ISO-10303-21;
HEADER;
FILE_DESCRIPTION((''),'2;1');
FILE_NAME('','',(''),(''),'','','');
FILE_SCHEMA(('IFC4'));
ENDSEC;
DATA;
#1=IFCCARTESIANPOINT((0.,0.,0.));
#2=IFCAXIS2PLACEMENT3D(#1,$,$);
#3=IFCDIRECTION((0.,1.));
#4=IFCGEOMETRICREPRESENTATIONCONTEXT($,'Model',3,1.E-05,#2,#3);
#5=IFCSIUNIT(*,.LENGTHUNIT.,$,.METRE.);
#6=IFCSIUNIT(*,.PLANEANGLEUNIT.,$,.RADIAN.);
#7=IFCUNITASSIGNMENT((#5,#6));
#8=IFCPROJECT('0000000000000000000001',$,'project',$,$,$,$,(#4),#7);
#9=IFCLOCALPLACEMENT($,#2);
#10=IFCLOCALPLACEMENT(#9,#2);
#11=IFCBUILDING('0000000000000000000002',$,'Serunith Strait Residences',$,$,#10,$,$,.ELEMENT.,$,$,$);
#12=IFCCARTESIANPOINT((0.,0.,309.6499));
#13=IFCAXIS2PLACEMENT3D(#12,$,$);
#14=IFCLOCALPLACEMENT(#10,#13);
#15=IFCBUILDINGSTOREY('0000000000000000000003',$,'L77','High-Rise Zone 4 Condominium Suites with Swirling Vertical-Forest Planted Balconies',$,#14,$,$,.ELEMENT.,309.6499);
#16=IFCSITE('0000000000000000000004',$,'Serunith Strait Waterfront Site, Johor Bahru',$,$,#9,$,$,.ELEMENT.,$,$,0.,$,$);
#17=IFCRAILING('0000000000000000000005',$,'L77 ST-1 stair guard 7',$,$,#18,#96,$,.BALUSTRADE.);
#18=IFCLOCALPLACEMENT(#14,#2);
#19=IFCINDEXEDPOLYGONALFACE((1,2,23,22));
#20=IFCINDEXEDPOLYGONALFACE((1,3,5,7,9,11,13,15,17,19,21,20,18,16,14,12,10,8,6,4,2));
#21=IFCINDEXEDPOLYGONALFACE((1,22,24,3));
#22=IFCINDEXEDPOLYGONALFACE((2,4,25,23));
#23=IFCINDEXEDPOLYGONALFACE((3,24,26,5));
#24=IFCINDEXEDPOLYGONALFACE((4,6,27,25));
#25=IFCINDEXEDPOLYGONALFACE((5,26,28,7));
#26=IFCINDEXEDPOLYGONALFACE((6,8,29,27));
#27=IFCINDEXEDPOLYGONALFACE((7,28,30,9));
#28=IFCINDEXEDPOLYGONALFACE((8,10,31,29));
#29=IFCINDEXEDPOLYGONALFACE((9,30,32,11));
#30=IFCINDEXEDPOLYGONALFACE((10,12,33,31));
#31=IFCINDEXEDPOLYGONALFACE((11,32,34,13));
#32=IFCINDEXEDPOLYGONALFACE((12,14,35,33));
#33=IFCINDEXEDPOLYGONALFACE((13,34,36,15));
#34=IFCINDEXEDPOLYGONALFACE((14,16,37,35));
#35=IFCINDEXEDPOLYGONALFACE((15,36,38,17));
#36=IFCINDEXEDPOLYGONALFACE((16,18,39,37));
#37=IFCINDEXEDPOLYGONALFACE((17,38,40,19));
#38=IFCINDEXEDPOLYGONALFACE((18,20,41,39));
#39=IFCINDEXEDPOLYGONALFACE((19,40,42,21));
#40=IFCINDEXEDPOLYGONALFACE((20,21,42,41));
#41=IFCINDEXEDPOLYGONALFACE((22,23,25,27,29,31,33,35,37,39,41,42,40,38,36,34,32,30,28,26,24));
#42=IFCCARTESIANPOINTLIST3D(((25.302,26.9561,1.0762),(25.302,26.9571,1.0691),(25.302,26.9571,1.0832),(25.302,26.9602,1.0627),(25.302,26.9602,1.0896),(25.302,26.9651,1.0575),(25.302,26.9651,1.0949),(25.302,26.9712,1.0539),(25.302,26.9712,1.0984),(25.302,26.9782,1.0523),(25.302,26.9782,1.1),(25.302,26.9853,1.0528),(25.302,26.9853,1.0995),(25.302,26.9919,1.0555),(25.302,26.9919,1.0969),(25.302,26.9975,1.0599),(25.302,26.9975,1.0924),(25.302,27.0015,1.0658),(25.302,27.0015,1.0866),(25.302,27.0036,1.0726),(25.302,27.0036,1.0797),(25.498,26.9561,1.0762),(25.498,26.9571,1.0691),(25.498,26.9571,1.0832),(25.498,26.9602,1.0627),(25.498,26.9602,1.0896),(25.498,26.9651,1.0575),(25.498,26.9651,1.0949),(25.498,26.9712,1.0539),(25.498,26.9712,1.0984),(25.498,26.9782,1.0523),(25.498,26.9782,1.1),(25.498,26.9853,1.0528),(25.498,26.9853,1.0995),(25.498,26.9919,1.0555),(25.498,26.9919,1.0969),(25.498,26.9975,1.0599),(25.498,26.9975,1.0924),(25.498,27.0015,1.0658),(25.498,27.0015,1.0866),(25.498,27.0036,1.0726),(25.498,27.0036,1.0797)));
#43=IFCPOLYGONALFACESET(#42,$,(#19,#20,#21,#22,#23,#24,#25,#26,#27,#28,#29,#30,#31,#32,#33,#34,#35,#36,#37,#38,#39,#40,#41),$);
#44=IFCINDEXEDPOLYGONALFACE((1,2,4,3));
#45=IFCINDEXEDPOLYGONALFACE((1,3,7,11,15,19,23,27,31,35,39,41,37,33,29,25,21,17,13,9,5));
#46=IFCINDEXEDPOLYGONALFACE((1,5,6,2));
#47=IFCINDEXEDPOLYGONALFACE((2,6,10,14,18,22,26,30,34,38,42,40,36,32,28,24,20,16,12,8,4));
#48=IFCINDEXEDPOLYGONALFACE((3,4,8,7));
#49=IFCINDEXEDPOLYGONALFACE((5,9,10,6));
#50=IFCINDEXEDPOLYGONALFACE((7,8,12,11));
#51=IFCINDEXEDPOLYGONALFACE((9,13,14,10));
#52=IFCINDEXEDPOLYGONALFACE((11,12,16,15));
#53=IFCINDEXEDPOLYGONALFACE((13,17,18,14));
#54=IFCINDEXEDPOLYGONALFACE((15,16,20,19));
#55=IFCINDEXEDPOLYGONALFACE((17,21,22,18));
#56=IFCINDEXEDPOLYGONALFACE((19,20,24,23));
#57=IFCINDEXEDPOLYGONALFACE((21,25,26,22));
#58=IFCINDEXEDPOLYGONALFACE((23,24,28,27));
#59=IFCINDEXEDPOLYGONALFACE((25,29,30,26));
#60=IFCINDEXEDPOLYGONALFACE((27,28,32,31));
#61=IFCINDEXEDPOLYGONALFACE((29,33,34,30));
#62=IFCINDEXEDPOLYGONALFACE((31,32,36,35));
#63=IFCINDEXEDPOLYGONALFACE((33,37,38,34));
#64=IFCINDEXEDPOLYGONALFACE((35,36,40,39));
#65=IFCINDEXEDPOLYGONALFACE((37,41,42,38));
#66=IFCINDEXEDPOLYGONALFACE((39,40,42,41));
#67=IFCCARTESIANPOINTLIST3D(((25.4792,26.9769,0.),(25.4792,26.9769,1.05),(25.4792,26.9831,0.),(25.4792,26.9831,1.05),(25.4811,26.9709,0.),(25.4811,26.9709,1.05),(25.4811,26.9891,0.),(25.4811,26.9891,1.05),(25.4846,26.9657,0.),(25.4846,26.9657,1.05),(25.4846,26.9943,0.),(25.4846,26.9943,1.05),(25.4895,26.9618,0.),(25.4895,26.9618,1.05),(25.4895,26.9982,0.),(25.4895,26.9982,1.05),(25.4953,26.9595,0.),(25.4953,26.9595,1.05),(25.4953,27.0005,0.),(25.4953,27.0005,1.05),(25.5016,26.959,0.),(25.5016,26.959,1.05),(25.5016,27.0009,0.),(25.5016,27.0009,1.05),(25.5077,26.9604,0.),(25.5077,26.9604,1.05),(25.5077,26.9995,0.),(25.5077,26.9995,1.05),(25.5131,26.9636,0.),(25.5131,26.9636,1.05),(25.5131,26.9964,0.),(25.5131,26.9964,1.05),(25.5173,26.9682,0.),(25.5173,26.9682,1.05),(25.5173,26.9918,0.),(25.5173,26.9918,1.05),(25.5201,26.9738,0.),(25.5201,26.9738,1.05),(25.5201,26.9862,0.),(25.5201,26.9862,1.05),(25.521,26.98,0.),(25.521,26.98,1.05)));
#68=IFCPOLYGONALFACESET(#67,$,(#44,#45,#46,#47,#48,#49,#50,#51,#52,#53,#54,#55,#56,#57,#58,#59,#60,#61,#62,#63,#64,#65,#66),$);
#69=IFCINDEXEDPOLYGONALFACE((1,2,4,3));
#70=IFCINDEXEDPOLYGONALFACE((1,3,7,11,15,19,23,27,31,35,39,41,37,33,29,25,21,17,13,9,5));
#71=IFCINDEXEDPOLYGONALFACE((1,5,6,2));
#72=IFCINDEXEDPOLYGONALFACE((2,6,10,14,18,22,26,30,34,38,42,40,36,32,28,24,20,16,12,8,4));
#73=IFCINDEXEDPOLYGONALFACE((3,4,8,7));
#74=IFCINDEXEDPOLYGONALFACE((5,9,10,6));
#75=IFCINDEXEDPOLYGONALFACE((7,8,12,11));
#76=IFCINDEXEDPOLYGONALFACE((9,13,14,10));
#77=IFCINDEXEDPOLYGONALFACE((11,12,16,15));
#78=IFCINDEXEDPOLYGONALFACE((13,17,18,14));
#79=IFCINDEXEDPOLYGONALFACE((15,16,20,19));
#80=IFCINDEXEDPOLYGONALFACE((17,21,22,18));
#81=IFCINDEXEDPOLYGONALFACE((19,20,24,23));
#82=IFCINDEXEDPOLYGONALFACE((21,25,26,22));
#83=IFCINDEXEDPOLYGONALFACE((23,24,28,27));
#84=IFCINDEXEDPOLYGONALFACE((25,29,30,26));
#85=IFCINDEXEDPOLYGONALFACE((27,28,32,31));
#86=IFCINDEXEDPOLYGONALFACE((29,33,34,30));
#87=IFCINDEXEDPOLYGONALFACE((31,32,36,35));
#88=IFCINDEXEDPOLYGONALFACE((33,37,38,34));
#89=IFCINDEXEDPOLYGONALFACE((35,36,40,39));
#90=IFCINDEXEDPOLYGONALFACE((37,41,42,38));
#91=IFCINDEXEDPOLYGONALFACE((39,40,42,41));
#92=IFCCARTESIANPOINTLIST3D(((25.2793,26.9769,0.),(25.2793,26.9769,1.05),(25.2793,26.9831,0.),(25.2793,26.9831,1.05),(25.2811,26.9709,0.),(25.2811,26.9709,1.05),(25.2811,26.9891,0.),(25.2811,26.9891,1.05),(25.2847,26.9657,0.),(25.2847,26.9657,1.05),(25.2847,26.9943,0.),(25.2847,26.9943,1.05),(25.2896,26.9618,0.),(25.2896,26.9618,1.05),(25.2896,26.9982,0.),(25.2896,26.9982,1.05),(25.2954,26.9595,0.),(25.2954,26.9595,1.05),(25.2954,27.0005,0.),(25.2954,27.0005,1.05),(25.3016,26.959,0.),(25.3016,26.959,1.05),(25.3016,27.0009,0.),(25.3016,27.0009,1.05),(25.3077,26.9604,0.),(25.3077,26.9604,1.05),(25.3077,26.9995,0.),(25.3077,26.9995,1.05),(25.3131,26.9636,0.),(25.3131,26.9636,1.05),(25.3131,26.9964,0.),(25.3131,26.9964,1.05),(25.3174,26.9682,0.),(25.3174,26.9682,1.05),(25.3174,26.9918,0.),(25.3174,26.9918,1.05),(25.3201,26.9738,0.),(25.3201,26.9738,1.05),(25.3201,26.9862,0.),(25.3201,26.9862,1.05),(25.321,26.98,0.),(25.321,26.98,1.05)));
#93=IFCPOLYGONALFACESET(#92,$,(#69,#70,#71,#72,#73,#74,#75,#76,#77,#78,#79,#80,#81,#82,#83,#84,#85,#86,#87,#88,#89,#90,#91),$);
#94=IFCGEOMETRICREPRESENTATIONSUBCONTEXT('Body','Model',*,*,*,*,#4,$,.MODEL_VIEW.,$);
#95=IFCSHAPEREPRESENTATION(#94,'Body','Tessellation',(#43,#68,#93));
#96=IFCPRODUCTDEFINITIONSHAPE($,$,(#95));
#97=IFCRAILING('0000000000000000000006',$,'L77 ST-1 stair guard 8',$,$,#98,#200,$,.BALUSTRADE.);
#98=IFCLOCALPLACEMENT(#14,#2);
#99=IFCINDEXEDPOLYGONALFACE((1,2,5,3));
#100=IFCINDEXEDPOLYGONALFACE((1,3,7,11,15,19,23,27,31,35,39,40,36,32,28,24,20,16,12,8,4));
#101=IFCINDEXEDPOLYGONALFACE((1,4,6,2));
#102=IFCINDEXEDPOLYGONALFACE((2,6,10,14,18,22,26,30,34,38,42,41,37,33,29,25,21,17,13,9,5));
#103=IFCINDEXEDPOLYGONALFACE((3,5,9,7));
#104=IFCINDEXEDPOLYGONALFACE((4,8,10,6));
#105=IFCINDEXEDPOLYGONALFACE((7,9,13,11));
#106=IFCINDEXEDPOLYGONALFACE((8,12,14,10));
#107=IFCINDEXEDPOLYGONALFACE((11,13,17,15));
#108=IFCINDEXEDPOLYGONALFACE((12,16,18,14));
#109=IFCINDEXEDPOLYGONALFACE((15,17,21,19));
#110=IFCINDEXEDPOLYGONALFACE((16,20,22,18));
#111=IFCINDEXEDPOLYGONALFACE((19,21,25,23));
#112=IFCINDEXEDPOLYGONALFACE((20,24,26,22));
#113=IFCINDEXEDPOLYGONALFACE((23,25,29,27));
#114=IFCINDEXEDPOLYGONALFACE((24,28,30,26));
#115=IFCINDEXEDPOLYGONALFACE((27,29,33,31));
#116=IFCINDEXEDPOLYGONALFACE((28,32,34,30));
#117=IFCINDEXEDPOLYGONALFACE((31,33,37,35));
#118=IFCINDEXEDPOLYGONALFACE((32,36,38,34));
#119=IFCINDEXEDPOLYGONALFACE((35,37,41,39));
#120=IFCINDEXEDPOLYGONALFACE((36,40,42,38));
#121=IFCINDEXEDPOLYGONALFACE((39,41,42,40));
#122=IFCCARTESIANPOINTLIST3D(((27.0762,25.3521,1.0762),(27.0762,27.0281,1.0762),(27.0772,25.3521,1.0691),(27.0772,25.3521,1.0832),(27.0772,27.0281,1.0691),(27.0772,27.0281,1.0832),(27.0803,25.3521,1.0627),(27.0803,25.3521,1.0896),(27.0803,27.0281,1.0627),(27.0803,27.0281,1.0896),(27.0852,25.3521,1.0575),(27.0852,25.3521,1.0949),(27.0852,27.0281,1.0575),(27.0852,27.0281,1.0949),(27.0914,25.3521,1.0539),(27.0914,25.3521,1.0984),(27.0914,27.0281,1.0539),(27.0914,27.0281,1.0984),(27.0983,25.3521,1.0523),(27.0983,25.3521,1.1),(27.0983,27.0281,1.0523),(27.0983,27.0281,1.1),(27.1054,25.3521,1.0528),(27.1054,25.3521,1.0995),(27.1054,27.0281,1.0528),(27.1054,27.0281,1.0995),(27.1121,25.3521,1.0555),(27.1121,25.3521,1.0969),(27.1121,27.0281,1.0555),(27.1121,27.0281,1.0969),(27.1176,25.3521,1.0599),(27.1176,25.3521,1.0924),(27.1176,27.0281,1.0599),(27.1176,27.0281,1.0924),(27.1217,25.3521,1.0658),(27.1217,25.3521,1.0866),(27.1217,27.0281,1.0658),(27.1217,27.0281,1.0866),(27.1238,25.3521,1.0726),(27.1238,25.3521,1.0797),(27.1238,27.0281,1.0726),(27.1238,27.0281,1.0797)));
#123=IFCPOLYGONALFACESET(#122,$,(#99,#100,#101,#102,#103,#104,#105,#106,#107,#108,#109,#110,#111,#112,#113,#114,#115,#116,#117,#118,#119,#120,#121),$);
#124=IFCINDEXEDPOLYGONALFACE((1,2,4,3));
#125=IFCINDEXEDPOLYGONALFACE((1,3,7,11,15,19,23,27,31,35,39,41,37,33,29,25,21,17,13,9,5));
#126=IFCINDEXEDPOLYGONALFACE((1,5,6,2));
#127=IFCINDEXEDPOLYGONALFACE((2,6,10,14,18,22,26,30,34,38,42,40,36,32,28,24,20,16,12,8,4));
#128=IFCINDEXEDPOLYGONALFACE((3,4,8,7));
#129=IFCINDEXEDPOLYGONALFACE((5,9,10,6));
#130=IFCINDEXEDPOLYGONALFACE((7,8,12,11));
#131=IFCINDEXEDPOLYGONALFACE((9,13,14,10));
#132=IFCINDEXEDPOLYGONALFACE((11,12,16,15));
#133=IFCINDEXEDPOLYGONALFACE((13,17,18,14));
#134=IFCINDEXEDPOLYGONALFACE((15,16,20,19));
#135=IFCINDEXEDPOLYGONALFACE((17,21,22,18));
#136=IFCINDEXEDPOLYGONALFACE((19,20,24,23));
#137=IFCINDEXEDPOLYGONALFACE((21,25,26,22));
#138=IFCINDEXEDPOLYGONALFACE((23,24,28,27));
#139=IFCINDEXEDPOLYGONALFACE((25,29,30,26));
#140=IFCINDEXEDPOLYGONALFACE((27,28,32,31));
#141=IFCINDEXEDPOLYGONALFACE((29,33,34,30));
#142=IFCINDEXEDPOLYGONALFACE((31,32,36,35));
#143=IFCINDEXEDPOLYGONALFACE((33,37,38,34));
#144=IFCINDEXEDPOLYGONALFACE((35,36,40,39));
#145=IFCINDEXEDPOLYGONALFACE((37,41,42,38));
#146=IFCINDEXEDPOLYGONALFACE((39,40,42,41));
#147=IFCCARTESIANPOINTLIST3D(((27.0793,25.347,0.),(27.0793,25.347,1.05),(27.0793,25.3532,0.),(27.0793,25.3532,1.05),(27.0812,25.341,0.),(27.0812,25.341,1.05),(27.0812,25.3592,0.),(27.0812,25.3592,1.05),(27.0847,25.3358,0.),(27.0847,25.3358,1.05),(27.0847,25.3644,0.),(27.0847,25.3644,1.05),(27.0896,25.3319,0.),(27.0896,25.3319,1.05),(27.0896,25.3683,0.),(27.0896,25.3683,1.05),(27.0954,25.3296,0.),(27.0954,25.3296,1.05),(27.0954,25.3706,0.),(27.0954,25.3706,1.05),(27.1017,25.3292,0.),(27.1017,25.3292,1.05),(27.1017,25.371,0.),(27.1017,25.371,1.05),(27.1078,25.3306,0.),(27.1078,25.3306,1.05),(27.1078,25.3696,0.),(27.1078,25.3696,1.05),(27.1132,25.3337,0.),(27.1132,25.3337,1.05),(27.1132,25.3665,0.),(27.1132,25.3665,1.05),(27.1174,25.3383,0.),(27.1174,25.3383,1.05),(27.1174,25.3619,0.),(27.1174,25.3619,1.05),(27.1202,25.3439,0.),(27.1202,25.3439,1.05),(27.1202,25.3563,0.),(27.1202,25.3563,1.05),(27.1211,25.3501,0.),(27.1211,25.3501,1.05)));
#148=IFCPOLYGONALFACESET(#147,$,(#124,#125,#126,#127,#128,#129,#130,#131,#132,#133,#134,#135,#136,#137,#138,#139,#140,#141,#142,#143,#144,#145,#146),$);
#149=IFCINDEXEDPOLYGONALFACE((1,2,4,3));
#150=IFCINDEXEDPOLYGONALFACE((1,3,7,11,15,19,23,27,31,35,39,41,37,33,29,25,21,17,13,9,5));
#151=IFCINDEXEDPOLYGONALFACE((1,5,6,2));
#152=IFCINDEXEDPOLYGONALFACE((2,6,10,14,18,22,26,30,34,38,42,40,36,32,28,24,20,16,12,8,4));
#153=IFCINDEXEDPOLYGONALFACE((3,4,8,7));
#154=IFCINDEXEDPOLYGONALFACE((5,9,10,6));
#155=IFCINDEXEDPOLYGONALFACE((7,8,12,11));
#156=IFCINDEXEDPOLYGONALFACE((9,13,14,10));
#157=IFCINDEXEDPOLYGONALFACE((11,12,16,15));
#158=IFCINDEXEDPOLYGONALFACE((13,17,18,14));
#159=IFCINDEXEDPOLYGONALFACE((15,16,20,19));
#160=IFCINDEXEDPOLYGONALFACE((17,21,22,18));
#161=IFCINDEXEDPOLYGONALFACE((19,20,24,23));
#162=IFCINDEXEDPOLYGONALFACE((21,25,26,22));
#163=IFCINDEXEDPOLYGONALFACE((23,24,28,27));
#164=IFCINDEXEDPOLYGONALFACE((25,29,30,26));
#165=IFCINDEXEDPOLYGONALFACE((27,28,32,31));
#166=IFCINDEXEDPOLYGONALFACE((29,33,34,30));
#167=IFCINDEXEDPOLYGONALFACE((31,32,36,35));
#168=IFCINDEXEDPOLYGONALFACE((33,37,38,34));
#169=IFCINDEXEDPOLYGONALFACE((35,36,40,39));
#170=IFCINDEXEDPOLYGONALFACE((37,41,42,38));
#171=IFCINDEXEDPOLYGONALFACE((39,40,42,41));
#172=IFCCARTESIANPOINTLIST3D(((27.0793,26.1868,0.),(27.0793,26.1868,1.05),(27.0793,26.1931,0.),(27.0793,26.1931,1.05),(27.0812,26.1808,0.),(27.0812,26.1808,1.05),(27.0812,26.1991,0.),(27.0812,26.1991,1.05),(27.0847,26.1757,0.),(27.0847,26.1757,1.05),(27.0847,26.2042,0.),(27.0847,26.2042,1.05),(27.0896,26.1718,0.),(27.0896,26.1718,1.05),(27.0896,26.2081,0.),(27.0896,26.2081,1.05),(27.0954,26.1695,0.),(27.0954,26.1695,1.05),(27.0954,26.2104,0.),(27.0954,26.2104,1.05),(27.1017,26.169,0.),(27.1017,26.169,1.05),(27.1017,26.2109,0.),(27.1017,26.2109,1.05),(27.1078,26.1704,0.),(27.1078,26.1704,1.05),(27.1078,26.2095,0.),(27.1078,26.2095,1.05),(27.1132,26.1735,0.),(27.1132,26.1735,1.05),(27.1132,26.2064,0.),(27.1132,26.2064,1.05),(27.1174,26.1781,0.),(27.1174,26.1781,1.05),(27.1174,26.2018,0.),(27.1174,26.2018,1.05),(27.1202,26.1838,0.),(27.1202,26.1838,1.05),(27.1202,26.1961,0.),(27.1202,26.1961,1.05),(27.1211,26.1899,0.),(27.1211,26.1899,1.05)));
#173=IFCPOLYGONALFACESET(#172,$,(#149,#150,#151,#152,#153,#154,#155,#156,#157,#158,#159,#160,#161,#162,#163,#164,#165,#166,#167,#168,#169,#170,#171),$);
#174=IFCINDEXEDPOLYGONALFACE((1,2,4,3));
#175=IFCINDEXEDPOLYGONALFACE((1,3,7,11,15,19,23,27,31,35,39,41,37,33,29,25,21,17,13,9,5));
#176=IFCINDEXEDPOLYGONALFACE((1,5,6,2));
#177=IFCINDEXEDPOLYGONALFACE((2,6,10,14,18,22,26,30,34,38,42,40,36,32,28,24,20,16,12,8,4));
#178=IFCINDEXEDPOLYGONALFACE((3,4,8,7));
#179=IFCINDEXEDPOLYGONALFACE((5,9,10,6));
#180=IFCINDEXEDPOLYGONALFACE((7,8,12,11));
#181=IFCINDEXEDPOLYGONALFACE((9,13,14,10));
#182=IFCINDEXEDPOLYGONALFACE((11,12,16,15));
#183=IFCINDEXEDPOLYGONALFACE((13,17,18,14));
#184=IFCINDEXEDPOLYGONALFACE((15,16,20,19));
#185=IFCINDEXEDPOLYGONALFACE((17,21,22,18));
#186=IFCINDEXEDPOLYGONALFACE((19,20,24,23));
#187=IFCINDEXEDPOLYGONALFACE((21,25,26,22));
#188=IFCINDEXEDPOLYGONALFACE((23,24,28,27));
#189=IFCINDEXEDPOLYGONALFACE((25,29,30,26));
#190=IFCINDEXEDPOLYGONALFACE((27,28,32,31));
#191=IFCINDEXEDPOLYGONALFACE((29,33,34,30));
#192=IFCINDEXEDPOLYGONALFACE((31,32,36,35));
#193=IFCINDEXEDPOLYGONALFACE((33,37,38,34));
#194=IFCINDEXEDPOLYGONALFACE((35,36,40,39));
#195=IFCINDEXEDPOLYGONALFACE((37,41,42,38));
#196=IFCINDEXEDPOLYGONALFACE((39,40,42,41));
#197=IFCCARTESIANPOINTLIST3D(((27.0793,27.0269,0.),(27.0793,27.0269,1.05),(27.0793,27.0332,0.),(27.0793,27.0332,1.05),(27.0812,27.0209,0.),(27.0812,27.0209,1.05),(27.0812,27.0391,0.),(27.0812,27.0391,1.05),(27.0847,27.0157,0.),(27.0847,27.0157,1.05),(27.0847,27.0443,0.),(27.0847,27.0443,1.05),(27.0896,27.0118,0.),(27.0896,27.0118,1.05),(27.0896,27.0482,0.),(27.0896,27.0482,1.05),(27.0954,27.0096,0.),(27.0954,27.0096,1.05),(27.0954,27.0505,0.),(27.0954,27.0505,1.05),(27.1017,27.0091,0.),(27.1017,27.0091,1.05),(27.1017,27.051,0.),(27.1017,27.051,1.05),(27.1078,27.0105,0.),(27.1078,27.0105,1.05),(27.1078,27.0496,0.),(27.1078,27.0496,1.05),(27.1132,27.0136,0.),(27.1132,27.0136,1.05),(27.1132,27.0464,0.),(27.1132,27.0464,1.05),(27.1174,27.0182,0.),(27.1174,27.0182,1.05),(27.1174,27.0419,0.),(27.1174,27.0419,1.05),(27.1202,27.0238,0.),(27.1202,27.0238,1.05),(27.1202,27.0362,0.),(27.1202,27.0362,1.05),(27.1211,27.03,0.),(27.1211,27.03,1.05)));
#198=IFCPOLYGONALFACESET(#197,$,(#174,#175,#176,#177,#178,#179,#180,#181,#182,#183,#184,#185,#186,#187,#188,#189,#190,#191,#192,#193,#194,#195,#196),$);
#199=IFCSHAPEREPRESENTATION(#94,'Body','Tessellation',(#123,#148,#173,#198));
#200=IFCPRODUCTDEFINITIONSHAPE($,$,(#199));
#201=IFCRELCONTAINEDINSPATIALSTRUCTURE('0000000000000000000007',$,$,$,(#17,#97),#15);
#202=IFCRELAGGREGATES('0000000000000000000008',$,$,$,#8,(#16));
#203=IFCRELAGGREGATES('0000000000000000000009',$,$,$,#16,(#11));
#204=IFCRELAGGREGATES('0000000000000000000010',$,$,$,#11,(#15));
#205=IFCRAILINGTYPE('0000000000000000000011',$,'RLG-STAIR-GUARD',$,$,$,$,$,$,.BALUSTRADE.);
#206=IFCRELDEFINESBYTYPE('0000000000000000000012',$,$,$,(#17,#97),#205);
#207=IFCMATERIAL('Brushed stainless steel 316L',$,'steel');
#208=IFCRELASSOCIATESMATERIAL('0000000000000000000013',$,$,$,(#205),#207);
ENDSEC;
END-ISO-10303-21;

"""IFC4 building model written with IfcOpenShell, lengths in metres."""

from ifc_helpers import new_model, si_unit, direction, frame, origin, origin_2d, place, context, subcontext, project, spatial, circle, extrude, material, type_object, element, save


model = new_model("IFC4")

# Units and contexts
model_context = context("Model", 3, precision=1e-05, world=origin(), true_north=direction((0.0, 1.0)))
body_context = subcontext(model_context, "Body", "Model", "MODEL_VIEW")
ifc_project = project(units=[si_unit("LENGTHUNIT", "METRE"), si_unit("PLANEANGLEUNIT", "RADIAN")], contexts=[model_context])

# Site, building, storey
site_placement = place(None, origin())
site = spatial("IfcSite", under=ifc_project, at=site_placement, Name="Serunith Strait Waterfront Site, Johor Bahru", CompositionType="ELEMENT", RefElevation=0.0)
building_placement = place(site_placement, origin())
building = spatial("IfcBuilding", under=site, at=building_placement, Name="Serunith Strait Residences", CompositionType="ELEMENT")
storey_placement = place(building_placement, frame((0.0, 0.0, 309.6499)))
storey = spatial("IfcBuildingStorey", under=building, at=storey_placement, Name="L77", Description="High-Rise Zone 4 Condominium Suites with Swirling Vertical-Forest Planted Balconies", CompositionType="ELEMENT", Elevation=309.6499)

# Railings
ifc_material_1 = material(Name="Brushed stainless steel 316L", Category="steel")
railing_type_1 = type_object("IfcRailingType", Name="RLG-STAIR-GUARD", PredefinedType="BALUSTRADE", material=ifc_material_1)
railing_1_placement = place(storey_placement, frame((25.5, 26.98, 0.0)))
element("IfcRailing", 1, at=railing_1_placement, inside=storey, type_object=railing_type_1, Name="L77 ST-1 stair guard 7", PredefinedType="BALUSTRADE", context=body_context, shape_type="SweptSolid", body=[
    extrude(circle(Radius=0.0239, at=origin_2d()), frame((-0.002, 0.0, 1.0762), z_axis=(-1.0, 0.0, 0.0), x_axis=(0.0, -1.0, 0.0)), (0.0, 0.0, 1.0), 0.196),
    extrude(circle(Radius=0.021, at=origin_2d()), origin(), (0.0, 0.0, 1.0), 1.05),
    extrude(circle(Radius=0.021, at=origin_2d()), frame((-0.2, 0.0, 0.0)), (0.0, 0.0, 1.0), 1.05),
])
for number, where, name in (
    (2, (27.1001, 25.3501, 0.0), "L77 ST-1 stair guard 8"),
):
    element("IfcRailing", number, at=place(storey_placement, frame(where)), inside=storey, type_object=railing_type_1, Name=name, PredefinedType="BALUSTRADE", context=body_context, shape_type="SweptSolid", body=[
        extrude(circle(Radius=0.0239, at=origin_2d()), frame((0.0, 0.002, 1.0762), z_axis=(0.0, 1.0, 0.0), x_axis=(-1.0, 0.0, 0.0)), (0.0, 0.0, 1.0), 1.676),
        extrude(circle(Radius=0.021, at=origin_2d()), origin(), (0.0, 0.0, 1.0), 1.05),
        extrude(circle(Radius=0.021, at=origin_2d()), frame((0.0, 0.8398, 0.0)), (0.0, 0.0, 1.0), 1.05),
        extrude(circle(Radius=0.021, at=origin_2d()), frame((0.0, 1.6799, 0.0)), (0.0, 0.0, 1.0), 1.05),
    ])

save(model, "model.ifc")
